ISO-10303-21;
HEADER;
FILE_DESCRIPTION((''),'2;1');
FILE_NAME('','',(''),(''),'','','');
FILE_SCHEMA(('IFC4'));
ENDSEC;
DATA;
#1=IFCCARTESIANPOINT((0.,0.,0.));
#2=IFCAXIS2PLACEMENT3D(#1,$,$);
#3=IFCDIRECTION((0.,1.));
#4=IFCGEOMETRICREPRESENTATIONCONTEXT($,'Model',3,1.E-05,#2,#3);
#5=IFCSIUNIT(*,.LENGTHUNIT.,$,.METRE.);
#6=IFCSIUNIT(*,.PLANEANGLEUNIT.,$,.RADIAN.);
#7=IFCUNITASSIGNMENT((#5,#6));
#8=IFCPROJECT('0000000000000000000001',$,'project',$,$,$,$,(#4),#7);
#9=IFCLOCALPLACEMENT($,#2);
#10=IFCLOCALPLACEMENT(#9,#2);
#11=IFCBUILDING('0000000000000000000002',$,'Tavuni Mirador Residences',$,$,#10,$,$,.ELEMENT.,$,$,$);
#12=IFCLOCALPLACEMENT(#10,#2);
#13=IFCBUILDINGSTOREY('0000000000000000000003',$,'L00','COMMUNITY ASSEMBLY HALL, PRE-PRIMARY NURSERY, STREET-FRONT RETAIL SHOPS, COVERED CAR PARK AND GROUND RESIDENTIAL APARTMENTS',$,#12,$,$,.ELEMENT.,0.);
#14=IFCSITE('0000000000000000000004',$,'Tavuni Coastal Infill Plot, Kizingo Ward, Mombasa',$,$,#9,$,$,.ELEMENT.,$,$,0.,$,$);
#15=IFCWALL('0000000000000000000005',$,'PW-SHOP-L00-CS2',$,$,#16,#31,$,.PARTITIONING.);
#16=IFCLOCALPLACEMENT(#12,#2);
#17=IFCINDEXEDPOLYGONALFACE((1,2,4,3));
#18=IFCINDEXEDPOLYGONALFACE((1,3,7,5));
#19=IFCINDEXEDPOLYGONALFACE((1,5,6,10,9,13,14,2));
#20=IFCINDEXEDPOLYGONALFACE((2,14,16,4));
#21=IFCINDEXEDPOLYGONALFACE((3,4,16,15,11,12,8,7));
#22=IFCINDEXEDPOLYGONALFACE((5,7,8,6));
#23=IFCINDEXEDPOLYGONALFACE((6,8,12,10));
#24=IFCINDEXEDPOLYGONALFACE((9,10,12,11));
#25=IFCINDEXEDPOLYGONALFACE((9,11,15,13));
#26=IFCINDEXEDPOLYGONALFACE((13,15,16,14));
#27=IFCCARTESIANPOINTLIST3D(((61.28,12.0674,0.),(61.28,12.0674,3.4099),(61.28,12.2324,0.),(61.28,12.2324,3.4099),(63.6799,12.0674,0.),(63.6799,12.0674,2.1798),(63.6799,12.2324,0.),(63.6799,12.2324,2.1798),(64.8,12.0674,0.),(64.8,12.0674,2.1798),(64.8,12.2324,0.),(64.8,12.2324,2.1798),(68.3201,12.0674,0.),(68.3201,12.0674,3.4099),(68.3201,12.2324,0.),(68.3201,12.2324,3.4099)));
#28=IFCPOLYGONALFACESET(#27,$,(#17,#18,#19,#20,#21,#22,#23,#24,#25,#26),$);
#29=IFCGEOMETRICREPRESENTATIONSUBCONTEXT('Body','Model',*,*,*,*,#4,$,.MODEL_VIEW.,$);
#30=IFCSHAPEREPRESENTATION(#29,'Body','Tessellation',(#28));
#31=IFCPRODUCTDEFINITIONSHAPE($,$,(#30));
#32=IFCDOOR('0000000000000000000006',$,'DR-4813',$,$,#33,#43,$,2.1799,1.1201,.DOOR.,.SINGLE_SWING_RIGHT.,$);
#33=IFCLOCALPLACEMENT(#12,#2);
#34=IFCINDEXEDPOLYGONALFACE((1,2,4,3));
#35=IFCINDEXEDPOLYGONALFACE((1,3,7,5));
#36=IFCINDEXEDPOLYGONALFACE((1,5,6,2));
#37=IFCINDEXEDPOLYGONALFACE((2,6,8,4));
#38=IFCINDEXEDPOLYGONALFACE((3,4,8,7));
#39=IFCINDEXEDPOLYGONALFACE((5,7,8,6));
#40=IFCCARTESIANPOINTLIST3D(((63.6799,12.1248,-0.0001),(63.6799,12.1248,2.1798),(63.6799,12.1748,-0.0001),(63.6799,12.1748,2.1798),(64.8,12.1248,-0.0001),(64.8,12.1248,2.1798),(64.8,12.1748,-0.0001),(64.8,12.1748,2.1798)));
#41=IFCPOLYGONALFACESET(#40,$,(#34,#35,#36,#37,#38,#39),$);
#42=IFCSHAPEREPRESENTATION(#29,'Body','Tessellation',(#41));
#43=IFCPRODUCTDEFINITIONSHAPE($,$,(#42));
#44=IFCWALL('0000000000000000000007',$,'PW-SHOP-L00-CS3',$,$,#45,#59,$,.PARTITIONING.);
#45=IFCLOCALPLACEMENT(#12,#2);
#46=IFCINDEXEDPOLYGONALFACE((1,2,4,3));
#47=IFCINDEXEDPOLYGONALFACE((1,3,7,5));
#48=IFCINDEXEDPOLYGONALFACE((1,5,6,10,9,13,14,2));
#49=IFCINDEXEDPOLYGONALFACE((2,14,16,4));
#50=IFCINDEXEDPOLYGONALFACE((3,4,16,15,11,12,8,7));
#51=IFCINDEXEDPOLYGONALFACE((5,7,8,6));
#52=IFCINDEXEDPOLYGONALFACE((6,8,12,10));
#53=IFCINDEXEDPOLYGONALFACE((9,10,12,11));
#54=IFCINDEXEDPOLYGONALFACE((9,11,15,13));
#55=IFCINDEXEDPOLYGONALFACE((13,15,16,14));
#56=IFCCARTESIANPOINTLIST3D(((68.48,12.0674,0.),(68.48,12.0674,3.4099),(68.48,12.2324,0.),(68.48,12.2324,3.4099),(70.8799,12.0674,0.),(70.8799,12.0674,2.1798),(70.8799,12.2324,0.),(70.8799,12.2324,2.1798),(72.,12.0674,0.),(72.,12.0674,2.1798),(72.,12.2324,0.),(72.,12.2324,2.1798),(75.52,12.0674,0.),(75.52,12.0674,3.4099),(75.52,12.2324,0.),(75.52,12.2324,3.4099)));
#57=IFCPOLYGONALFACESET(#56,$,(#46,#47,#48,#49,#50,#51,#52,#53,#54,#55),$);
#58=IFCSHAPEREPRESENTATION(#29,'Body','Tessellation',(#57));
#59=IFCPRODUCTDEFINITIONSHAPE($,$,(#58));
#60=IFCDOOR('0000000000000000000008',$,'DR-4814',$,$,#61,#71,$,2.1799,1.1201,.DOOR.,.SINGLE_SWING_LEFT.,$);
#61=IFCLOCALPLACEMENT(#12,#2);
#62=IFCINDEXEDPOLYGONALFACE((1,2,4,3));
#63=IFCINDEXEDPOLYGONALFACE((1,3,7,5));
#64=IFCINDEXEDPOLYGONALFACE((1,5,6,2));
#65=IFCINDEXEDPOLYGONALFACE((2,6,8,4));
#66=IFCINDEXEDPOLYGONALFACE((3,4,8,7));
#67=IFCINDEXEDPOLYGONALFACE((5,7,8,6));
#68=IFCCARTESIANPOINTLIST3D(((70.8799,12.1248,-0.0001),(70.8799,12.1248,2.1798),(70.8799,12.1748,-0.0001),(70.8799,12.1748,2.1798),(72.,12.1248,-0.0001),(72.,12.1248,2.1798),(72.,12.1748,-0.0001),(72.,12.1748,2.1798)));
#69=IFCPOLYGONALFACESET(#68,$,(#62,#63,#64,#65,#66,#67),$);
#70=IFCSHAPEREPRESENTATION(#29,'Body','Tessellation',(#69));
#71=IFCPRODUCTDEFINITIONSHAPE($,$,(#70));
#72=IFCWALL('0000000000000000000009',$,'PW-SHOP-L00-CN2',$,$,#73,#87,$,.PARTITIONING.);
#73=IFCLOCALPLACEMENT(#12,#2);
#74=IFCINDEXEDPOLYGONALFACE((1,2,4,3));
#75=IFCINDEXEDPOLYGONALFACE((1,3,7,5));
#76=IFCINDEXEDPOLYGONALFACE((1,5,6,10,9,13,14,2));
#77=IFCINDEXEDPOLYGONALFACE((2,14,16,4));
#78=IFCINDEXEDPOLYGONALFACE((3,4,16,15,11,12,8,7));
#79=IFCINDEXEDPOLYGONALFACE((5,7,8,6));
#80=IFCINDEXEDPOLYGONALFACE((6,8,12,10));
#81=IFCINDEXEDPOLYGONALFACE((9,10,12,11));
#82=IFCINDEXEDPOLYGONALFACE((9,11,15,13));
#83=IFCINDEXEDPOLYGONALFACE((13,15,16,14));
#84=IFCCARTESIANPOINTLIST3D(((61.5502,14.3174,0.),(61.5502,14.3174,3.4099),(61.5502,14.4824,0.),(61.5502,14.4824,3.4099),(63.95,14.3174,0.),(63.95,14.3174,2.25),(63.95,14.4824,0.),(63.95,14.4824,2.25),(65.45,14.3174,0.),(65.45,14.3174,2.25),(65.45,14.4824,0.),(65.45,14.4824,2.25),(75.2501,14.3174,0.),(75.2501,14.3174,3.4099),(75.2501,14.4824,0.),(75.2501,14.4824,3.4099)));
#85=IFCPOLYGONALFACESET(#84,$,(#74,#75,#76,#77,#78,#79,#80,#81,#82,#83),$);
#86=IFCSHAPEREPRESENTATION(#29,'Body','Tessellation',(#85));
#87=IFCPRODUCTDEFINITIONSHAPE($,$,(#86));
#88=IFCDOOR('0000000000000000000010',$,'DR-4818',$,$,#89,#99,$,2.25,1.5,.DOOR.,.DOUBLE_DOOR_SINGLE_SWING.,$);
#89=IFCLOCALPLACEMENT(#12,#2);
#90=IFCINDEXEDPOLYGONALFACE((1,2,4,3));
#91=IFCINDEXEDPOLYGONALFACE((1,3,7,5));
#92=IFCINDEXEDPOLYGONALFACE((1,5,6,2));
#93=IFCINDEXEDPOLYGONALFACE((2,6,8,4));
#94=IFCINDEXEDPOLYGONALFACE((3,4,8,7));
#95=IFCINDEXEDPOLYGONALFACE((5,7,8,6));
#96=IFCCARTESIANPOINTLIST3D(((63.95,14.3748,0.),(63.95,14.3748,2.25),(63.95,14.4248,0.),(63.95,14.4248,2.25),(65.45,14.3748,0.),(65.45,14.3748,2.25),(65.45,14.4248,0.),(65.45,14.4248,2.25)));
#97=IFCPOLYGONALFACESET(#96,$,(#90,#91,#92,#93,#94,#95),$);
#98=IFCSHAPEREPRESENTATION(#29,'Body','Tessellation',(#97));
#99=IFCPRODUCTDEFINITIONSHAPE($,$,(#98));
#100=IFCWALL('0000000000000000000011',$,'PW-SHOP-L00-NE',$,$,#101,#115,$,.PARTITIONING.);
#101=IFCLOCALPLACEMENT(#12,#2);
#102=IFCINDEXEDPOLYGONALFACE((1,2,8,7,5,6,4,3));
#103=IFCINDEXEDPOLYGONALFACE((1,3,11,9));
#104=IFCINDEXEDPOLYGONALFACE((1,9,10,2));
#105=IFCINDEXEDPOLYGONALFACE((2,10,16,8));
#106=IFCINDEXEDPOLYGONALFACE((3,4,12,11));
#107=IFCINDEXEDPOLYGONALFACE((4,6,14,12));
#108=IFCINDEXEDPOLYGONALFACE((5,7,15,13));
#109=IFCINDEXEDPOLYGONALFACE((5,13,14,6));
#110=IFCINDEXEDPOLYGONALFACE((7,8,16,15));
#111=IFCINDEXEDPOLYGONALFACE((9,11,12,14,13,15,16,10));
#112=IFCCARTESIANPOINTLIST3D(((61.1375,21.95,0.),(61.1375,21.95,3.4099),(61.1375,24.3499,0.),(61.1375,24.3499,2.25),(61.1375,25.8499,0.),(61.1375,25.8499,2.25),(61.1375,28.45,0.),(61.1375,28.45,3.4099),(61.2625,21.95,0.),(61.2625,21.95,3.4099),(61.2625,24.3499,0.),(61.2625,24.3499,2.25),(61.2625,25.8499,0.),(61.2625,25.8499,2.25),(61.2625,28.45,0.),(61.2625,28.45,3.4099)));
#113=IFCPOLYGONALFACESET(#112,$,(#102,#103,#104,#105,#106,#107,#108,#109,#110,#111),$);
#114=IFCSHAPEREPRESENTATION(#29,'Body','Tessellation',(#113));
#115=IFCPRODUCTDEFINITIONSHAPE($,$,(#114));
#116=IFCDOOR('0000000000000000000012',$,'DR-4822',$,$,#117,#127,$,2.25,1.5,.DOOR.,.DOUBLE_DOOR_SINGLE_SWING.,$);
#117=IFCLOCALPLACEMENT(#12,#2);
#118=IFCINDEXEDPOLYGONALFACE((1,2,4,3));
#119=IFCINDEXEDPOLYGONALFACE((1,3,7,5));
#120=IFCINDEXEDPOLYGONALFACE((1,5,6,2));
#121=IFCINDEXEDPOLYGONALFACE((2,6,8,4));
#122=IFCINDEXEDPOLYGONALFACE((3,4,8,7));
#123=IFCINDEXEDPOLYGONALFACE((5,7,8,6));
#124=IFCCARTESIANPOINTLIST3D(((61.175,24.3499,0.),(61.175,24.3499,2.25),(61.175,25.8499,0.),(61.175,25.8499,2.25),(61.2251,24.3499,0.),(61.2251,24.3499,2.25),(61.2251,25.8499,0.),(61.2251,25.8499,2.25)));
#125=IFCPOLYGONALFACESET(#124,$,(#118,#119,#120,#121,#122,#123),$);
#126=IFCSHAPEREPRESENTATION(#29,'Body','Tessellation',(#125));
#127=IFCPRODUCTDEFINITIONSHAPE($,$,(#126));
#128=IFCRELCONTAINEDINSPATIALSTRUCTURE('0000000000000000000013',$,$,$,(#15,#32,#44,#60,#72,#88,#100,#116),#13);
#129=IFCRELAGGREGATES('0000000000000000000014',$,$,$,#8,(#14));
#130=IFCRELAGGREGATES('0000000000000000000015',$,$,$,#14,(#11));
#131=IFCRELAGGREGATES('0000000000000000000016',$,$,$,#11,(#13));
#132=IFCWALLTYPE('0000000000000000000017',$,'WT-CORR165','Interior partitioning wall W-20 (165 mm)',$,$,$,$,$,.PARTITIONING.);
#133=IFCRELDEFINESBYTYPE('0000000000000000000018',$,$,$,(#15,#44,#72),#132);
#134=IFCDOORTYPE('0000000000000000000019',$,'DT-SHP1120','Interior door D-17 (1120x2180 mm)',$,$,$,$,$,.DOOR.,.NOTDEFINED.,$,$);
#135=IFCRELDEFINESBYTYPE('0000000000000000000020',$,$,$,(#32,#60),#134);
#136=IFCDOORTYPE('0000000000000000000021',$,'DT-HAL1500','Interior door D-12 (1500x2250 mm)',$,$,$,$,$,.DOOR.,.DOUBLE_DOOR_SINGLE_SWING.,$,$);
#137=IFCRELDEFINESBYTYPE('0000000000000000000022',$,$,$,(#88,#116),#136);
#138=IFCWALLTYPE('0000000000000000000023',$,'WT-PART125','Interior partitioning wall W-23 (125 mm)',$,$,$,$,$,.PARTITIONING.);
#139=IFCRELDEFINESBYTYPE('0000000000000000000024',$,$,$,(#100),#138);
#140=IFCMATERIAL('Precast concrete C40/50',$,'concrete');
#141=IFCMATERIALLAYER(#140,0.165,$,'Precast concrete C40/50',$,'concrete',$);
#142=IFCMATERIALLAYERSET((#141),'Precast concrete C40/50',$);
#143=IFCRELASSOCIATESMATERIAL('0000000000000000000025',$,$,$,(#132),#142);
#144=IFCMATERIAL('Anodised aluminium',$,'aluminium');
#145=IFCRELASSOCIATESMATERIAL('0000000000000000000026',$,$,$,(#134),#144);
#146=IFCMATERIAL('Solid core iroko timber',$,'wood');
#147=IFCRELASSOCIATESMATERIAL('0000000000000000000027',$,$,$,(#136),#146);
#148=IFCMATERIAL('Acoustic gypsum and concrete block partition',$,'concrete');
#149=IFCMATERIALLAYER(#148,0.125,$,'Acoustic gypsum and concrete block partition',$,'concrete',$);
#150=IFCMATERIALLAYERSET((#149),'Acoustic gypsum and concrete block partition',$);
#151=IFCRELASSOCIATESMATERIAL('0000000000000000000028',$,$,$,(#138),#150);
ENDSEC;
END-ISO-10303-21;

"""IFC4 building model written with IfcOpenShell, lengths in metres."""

from ifc_helpers import new_model, si_unit, direction, frame, frame_2d, origin, place, context, subcontext, project, spatial, rectangle, extrude, material, layer, layer_set, type_object, element, fill, save


model = new_model("IFC4")

# Units and contexts
model_context = context("Model", 3, precision=1e-05, world=origin(), true_north=direction((0.0, 1.0)))
body_context = subcontext(model_context, "Body", "Model", "MODEL_VIEW")
ifc_project = project(units=[si_unit("LENGTHUNIT", "METRE"), si_unit("PLANEANGLEUNIT", "RADIAN")], contexts=[model_context])

# Site, building, storey
site_placement = place(None, origin())
site = spatial("IfcSite", under=ifc_project, at=site_placement, Name="Tavuni Coastal Infill Plot, Kizingo Ward, Mombasa", CompositionType="ELEMENT", RefElevation=0.0)
building_placement = place(site_placement, origin())
building = spatial("IfcBuilding", under=site, at=building_placement, Name="Tavuni Mirador Residences", CompositionType="ELEMENT")
storey_placement = place(building_placement, origin())
storey = spatial("IfcBuildingStorey", under=building, at=storey_placement, Name="L00", Description="COMMUNITY ASSEMBLY HALL, PRE-PRIMARY NURSERY, STREET-FRONT RETAIL SHOPS, COVERED CAR PARK AND GROUND RESIDENTIAL APARTMENTS", CompositionType="ELEMENT", Elevation=0.0)

# Shared definitions
ifc_material_1 = material(Name="Precast concrete C40/50", Category="concrete")

# Walls, openings, doors
ifc_layer_1 = layer(ifc_material_1, 0.165, Name="Precast concrete C40/50", Category="concrete")
ifc_layer_set_1 = layer_set([ifc_layer_1], Name="Precast concrete C40/50")
wall_type_1 = type_object("IfcWallType", Name="WT-CORR165", Description="Interior partitioning wall W-20 (165 mm)", PredefinedType="PARTITIONING", material=ifc_layer_set_1)
wall_1_placement = place(storey_placement, frame((61.28, 12.1499, 0.0), z_axis=(0.0, 0.0, 1.0), x_axis=(1.0, 0.0, 0.0)))
wall_1 = element("IfcWall", 1, at=wall_1_placement, inside=storey, type_object=wall_type_1, Name="PW-SHOP-L00-CS2", PredefinedType="PARTITIONING", context=body_context, shape_type="SweptSolid", body=[
    extrude(rectangle(XDim=7.04, YDim=0.165, at=frame_2d((3.52, 0.0))), origin(), (0.0, 0.0, 1.0), 3.4099),
])
opening_1_placement = place(wall_1_placement, frame((2.3999, 0.0, 0.0)))
opening_1 = element("IfcOpeningElement", 2, at=opening_1_placement, cuts=wall_1, PredefinedType="OPENING", context=body_context, shape_type="SweptSolid", body=[
    extrude(rectangle(XDim=1.1201, YDim=2.1799, at=frame_2d((0.5601, 1.0898))), frame((0.0, 0.0925, 0.0), z_axis=(0.0, -1.0, 0.0), x_axis=(1.0, 0.0, 0.0)), (0.0, 0.0, 1.0), 0.1851),
])
ifc_material_2 = material(Name="Anodised aluminium", Category="aluminium")
door_type_1 = type_object("IfcDoorType", Name="DT-SHP1120", Description="Interior door D-17 (1120x2180 mm)", OperationType="NOTDEFINED", PredefinedType="DOOR", material=ifc_material_2)
door_1_placement = place(opening_1_placement, origin())
door_1 = element("IfcDoor", 3, at=door_1_placement, inside=storey, type_object=door_type_1, Name="DR-4813", OperationType="SINGLE_SWING_RIGHT", OverallHeight=2.1799, OverallWidth=1.1201, PredefinedType="DOOR", context=body_context, shape_type="SweptSolid", body=[
    extrude(rectangle(XDim=1.1201, YDim=2.1799, at=frame_2d((0.5601, 1.0898))), frame((0.0, 0.0249, 0.0), z_axis=(0.0, -1.0, 0.0), x_axis=(1.0, 0.0, 0.0)), (0.0, 0.0, 1.0), 0.05),
])
fill(opening_1, door_1)
wall_2_placement = place(storey_placement, frame((68.48, 12.1499, 0.0), z_axis=(0.0, 0.0, 1.0), x_axis=(1.0, 0.0, 0.0)))
wall_2 = element("IfcWall", 4, at=wall_2_placement, inside=storey, type_object=wall_type_1, Name="PW-SHOP-L00-CS3", PredefinedType="PARTITIONING", context=body_context, shape_type="SweptSolid", body=[
    extrude(rectangle(XDim=7.04, YDim=0.165, at=frame_2d((3.52, 0.0))), origin(), (0.0, 0.0, 1.0), 3.4099),
])
opening_2_placement = place(wall_2_placement, frame((2.3999, 0.0, 0.0)))
opening_2 = element("IfcOpeningElement", 5, at=opening_2_placement, cuts=wall_2, PredefinedType="OPENING", context=body_context, shape_type="SweptSolid", body=[
    extrude(rectangle(XDim=1.1201, YDim=2.1799, at=frame_2d((0.5601, 1.0898))), frame((0.0, 0.0925, 0.0), z_axis=(0.0, -1.0, 0.0), x_axis=(1.0, 0.0, 0.0)), (0.0, 0.0, 1.0), 0.1851),
])
door_2_placement = place(opening_2_placement, origin())
door_2 = element("IfcDoor", 6, at=door_2_placement, inside=storey, type_object=door_type_1, Name="DR-4814", OperationType="SINGLE_SWING_LEFT", OverallHeight=2.1799, OverallWidth=1.1201, PredefinedType="DOOR", context=body_context, shape_type="SweptSolid", body=[
    extrude(rectangle(XDim=1.1201, YDim=2.1799, at=frame_2d((0.5601, 1.0898))), frame((0.0, 0.0249, 0.0), z_axis=(0.0, -1.0, 0.0), x_axis=(1.0, 0.0, 0.0)), (0.0, 0.0, 1.0), 0.05),
])
fill(opening_2, door_2)
wall_3_placement = place(storey_placement, frame((61.55, 14.3999, 0.0), z_axis=(0.0, 0.0, 1.0), x_axis=(1.0, 0.0, 0.0)))
wall_3 = element("IfcWall", 7, at=wall_3_placement, inside=storey, type_object=wall_type_1, Name="PW-SHOP-L00-CN2", PredefinedType="PARTITIONING", context=body_context, shape_type="SweptSolid", body=[
    extrude(rectangle(XDim=13.7, YDim=0.165, at=frame_2d((6.8501, 0.0))), origin(), (0.0, 0.0, 1.0), 3.4099),
])
opening_3_placement = place(wall_3_placement, frame((2.3999, 0.0, 0.0)))
opening_3 = element("IfcOpeningElement", 8, at=opening_3_placement, cuts=wall_3, PredefinedType="OPENING", context=body_context, shape_type="SweptSolid", body=[
    extrude(rectangle(XDim=1.5, YDim=2.25, at=frame_2d((0.75, 1.125))), frame((0.0, 0.0925, 0.0), z_axis=(0.0, -1.0, 0.0), x_axis=(1.0, 0.0, 0.0)), (0.0, 0.0, 1.0), 0.1851),
])
ifc_material_3 = material(Name="Solid core iroko timber", Category="wood")
door_type_2 = type_object("IfcDoorType", Name="DT-HAL1500", Description="Interior door D-12 (1500x2250 mm)", OperationType="DOUBLE_DOOR_SINGLE_SWING", PredefinedType="DOOR", material=ifc_material_3)
door_3_placement = place(opening_3_placement, origin())
door_3 = element("IfcDoor", 9, at=door_3_placement, inside=storey, type_object=door_type_2, Name="DR-4818", OperationType="DOUBLE_DOOR_SINGLE_SWING", OverallHeight=2.25, OverallWidth=1.5, PredefinedType="DOOR", context=body_context, shape_type="SweptSolid", body=[
    extrude(rectangle(XDim=1.5, YDim=2.25, at=frame_2d((0.75, 1.125))), frame((0.0, 0.0249, 0.0), z_axis=(0.0, -1.0, 0.0), x_axis=(1.0, 0.0, 0.0)), (0.0, 0.0, 1.0), 0.05),
])
fill(opening_3, door_3)
ifc_material_4 = material(Name="Acoustic gypsum and concrete block partition", Category="concrete")
ifc_layer_2 = layer(ifc_material_4, 0.125, Name="Acoustic gypsum and concrete block partition", Category="concrete")
ifc_layer_set_2 = layer_set([ifc_layer_2], Name="Acoustic gypsum and concrete block partition")
wall_type_2 = type_object("IfcWallType", Name="WT-PART125", Description="Interior partitioning wall W-23 (125 mm)", PredefinedType="PARTITIONING", material=ifc_layer_set_2)
wall_4_placement = place(storey_placement, frame((61.2, 21.95, 0.0), z_axis=(0.0, 0.0, 1.0), x_axis=(0.0, 1.0, 0.0)))
wall_4 = element("IfcWall", 10, at=wall_4_placement, inside=storey, type_object=wall_type_2, Name="PW-SHOP-L00-NE", PredefinedType="PARTITIONING", context=body_context, shape_type="SweptSolid", body=[
    extrude(rectangle(XDim=6.5, YDim=0.125, at=frame_2d((3.25, 0.0))), origin(), (0.0, 0.0, 1.0), 3.4099),
])
opening_4_placement = place(wall_4_placement, frame((2.3999, 0.0, 0.0)))
opening_4 = element("IfcOpeningElement", 11, at=opening_4_placement, cuts=wall_4, PredefinedType="OPENING", context=body_context, shape_type="SweptSolid", body=[
    extrude(rectangle(XDim=1.5, YDim=2.25, at=frame_2d((0.75, 1.125))), frame((0.0, 0.0725, 0.0), z_axis=(0.0, -1.0, 0.0), x_axis=(1.0, 0.0, 0.0)), (0.0, 0.0, 1.0), 0.145),
])
door_4_placement = place(opening_4_placement, origin())
door_4 = element("IfcDoor", 12, at=door_4_placement, inside=storey, type_object=door_type_2, Name="DR-4822", OperationType="DOUBLE_DOOR_SINGLE_SWING", OverallHeight=2.25, OverallWidth=1.5, PredefinedType="DOOR", context=body_context, shape_type="SweptSolid", body=[
    extrude(rectangle(XDim=1.5, YDim=2.25, at=frame_2d((0.75, 1.125))), frame((0.0, 0.0249, 0.0), z_axis=(0.0, -1.0, 0.0), x_axis=(1.0, 0.0, 0.0)), (0.0, 0.0, 1.0), 0.05),
])
fill(opening_4, door_4)

save(model, "model.ifc")
